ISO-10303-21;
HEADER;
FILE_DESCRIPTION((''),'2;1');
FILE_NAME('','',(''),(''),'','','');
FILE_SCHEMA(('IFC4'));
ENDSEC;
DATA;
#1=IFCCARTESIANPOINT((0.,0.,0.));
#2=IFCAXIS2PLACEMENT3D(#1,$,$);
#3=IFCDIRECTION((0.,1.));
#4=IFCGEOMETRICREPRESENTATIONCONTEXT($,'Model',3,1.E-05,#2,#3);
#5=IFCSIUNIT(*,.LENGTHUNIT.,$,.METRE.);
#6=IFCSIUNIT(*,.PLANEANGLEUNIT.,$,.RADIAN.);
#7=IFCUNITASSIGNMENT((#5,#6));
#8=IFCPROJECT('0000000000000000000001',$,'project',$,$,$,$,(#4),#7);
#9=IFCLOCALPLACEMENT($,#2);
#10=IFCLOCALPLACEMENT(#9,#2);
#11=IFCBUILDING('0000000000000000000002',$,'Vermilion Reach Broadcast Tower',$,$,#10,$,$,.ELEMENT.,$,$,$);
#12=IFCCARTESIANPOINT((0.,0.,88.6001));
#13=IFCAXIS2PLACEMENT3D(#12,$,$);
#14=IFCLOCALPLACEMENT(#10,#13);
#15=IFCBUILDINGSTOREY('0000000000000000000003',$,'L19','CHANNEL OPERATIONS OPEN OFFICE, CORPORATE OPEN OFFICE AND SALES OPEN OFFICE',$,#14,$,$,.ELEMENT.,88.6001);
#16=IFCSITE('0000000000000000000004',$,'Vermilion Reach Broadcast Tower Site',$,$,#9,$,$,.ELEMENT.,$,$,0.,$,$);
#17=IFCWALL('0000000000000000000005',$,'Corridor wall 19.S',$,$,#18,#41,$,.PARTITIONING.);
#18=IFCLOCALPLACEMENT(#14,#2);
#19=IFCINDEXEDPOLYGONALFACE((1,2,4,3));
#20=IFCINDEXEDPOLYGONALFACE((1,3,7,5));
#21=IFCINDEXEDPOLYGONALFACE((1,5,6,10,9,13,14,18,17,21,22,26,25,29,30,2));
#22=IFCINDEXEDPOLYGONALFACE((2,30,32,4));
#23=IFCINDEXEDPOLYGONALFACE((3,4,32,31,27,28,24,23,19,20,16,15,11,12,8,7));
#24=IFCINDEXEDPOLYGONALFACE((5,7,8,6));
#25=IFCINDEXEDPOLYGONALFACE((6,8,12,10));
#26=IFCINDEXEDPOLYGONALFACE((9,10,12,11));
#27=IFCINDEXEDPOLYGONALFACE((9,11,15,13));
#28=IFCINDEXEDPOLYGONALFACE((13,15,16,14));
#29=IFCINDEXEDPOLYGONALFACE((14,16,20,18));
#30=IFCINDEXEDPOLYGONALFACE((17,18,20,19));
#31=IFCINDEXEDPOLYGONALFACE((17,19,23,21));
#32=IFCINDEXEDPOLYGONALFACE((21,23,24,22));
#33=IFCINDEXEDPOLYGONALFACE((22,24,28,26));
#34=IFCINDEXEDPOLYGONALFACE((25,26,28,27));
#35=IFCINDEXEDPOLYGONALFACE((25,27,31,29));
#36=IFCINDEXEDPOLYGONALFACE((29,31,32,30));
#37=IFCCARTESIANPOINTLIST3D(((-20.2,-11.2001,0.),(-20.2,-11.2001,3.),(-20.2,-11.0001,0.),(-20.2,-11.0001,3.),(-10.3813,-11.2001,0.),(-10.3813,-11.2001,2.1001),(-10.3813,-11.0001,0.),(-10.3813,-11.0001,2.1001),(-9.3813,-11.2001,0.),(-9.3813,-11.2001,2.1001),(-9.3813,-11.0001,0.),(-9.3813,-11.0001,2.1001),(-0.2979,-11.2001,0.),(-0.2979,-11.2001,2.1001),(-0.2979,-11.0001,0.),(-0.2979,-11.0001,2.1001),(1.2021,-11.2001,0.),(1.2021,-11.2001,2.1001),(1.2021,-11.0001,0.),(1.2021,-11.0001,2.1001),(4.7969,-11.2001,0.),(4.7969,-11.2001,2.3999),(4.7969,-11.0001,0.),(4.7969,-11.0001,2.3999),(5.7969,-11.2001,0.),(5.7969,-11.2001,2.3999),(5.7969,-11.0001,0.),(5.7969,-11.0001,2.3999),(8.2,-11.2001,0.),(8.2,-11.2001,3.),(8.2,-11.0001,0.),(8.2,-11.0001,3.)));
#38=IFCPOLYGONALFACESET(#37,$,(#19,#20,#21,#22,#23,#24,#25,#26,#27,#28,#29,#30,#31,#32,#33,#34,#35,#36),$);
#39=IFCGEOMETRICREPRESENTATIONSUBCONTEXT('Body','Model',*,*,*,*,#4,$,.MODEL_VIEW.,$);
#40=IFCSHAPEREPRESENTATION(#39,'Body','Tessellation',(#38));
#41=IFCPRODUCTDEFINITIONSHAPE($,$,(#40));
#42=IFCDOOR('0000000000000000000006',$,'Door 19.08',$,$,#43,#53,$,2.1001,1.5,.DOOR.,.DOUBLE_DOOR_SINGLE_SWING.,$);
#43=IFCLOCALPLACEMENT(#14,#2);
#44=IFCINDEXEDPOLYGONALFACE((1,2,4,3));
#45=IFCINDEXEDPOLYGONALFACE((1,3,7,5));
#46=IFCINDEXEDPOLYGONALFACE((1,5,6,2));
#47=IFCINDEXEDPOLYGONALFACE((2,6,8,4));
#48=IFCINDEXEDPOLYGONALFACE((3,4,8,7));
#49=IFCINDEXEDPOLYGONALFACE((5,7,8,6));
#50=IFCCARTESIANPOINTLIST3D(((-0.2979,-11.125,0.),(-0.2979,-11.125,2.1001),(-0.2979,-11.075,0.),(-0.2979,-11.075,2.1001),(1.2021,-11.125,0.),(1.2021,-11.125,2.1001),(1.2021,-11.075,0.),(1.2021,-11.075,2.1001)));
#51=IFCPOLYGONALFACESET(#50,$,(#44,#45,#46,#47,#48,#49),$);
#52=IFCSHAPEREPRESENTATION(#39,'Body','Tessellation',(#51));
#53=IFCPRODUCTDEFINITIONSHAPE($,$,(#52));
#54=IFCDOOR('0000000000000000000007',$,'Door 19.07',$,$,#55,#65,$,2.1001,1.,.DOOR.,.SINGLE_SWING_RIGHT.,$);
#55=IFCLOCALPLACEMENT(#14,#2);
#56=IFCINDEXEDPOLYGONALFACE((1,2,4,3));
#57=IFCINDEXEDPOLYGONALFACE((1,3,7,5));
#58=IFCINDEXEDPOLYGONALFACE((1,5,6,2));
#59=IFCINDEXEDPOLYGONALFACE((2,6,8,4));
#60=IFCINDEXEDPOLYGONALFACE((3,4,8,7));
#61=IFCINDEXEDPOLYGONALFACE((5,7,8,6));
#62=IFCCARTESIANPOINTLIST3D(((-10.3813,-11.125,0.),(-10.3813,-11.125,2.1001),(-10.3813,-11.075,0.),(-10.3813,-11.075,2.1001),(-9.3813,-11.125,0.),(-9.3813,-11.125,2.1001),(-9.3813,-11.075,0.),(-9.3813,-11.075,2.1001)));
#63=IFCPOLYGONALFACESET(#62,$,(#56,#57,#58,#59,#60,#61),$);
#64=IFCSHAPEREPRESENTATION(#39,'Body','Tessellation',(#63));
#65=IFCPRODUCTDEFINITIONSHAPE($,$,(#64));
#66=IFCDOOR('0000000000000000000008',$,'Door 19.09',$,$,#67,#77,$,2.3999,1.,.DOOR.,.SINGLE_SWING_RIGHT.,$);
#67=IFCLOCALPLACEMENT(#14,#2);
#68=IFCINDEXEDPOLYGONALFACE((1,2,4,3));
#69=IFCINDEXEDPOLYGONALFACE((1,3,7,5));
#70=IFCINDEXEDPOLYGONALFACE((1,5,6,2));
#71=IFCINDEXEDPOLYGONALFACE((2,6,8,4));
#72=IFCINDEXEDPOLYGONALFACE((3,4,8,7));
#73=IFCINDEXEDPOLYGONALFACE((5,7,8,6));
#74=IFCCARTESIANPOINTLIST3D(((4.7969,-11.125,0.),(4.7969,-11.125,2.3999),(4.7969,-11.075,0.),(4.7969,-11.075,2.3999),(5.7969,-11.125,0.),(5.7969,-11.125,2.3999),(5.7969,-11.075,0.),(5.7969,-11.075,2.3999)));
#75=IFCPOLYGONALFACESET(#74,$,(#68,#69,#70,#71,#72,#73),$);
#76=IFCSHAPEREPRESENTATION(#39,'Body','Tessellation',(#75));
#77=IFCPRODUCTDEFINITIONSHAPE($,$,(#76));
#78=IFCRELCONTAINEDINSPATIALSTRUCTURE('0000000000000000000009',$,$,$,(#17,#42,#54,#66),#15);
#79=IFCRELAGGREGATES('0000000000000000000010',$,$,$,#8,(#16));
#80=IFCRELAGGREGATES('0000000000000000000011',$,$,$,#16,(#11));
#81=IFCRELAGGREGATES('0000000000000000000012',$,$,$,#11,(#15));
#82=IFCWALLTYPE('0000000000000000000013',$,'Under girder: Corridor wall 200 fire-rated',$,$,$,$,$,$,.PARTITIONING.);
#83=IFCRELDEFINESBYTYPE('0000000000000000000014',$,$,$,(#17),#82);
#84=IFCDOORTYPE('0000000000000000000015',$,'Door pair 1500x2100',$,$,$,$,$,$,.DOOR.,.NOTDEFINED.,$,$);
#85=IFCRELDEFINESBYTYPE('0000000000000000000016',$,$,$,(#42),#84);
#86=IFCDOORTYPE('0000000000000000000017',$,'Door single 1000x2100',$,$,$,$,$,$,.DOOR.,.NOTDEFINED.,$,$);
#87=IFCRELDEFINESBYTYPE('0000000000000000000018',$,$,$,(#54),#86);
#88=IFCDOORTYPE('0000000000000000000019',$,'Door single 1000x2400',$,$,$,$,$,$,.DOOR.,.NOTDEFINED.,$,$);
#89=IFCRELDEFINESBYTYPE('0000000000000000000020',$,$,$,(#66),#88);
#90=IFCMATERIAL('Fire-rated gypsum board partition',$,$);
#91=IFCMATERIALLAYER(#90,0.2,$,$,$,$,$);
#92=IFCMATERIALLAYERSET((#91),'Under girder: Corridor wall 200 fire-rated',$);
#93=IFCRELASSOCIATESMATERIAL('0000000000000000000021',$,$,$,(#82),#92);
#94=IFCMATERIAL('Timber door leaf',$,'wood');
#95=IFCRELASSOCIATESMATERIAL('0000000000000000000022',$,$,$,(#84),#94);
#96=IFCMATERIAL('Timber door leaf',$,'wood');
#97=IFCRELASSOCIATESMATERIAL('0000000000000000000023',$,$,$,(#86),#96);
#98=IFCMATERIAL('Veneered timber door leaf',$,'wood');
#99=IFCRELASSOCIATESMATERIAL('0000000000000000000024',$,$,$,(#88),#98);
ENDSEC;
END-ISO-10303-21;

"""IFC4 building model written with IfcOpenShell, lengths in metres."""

from ifc_helpers import new_model, si_unit, direction, frame, frame_2d, origin, place, context, subcontext, project, spatial, rectangle, extrude, material, layer, layer_set, type_object, element, fill, save


model = new_model("IFC4")

# Units and contexts
model_context = context("Model", 3, precision=1e-05, world=origin(), true_north=direction((0.0, 1.0)))
body_context = subcontext(model_context, "Body", "Model", "MODEL_VIEW")
ifc_project = project(units=[si_unit("LENGTHUNIT", "METRE"), si_unit("PLANEANGLEUNIT", "RADIAN")], contexts=[model_context])

# Site, building, storey
site_placement = place(None, origin())
site = spatial("IfcSite", under=ifc_project, at=site_placement, Name="Vermilion Reach Broadcast Tower Site", CompositionType="ELEMENT", RefElevation=0.0)
building_placement = place(site_placement, origin())
building = spatial("IfcBuilding", under=site, at=building_placement, Name="Vermilion Reach Broadcast Tower", CompositionType="ELEMENT")
storey_placement = place(building_placement, frame((0.0, 0.0, 88.6001)))
storey = spatial("IfcBuildingStorey", under=building, at=storey_placement, Name="L19", Description="CHANNEL OPERATIONS OPEN OFFICE, CORPORATE OPEN OFFICE AND SALES OPEN OFFICE", CompositionType="ELEMENT", Elevation=88.6001)

# Wall, openings, doors
ifc_material_1 = material(Name="Fire-rated gypsum board partition")
ifc_layer_1 = layer(ifc_material_1, 0.2)
ifc_layer_set_1 = layer_set([ifc_layer_1], Name="Under girder: Corridor wall 200 fire-rated")
wall_type_1 = type_object("IfcWallType", Name="Under girder: Corridor wall 200 fire-rated", PredefinedType="PARTITIONING", material=ifc_layer_set_1)
wall_1_placement = place(storey_placement, frame((8.2, -11.1001, 0.0), z_axis=(0.0, 0.0, 1.0), x_axis=(-1.0, 0.0, 0.0)))
wall_1 = element("IfcWall", 1, at=wall_1_placement, inside=storey, type_object=wall_type_1, Name="Corridor wall 19.S", PredefinedType="PARTITIONING", context=body_context, shape_type="SweptSolid", body=[
    extrude(rectangle(XDim=28.3999, YDim=0.2, at=frame_2d((14.2, 0.0))), origin(), (0.0, 0.0, 1.0), 3.0),
])
opening_1_placement = place(wall_1_placement, frame((17.5813, 0.0, 0.0)))
opening_1 = element("IfcOpeningElement", 2, at=opening_1_placement, cuts=wall_1, PredefinedType="OPENING", context=body_context, shape_type="SweptSolid", body=[
    extrude(rectangle(XDim=1.0, YDim=2.1001, at=frame_2d((0.5, 1.05))), frame((0.0, 0.1099, 0.0), z_axis=(0.0, -1.0, 0.0), x_axis=(1.0, 0.0, 0.0)), (0.0, 0.0, 1.0), 0.22),
])
opening_2_placement = place(wall_1_placement, frame((6.9978, 0.0, 0.0)))
opening_2 = element("IfcOpeningElement", 3, at=opening_2_placement, cuts=wall_1, PredefinedType="OPENING", context=body_context, shape_type="SweptSolid", body=[
    extrude(rectangle(XDim=1.5, YDim=2.1001, at=frame_2d((0.75, 1.05))), frame((0.0, 0.1099, 0.0), z_axis=(0.0, -1.0, 0.0), x_axis=(1.0, 0.0, 0.0)), (0.0, 0.0, 1.0), 0.22),
])
opening_3_placement = place(wall_1_placement, frame((2.4031, 0.0, 0.0)))
opening_3 = element("IfcOpeningElement", 4, at=opening_3_placement, cuts=wall_1, PredefinedType="OPENING", context=body_context, shape_type="SweptSolid", body=[
    extrude(rectangle(XDim=1.0, YDim=2.3999, at=frame_2d((0.5, 1.2))), frame((0.0, 0.1099, 0.0), z_axis=(0.0, -1.0, 0.0), x_axis=(1.0, 0.0, 0.0)), (0.0, 0.0, 1.0), 0.22),
])
ifc_material_2 = material(Name="Timber door leaf", Category="wood")
door_type_1 = type_object("IfcDoorType", Name="Door pair 1500x2100", OperationType="NOTDEFINED", PredefinedType="DOOR", material=ifc_material_2)
door_1_placement = place(opening_2_placement, origin())
door_1 = element("IfcDoor", 5, at=door_1_placement, inside=storey, type_object=door_type_1, Name="Door 19.08", OperationType="DOUBLE_DOOR_SINGLE_SWING", OverallHeight=2.1001, OverallWidth=1.5, PredefinedType="DOOR", context=body_context, shape_type="SweptSolid", body=[
    extrude(rectangle(XDim=1.5, YDim=2.1001, at=frame_2d((0.75, 1.05))), frame((0.0, 0.0249, 0.0), z_axis=(0.0, -1.0, 0.0), x_axis=(1.0, 0.0, 0.0)), (0.0, 0.0, 1.0), 0.05),
])
fill(opening_2, door_1)
ifc_material_3 = material(Name="Timber door leaf", Category="wood")
door_type_2 = type_object("IfcDoorType", Name="Door single 1000x2100", OperationType="NOTDEFINED", PredefinedType="DOOR", material=ifc_material_3)
door_2_placement = place(opening_1_placement, origin())
door_2 = element("IfcDoor", 6, at=door_2_placement, inside=storey, type_object=door_type_2, Name="Door 19.07", OperationType="SINGLE_SWING_RIGHT", OverallHeight=2.1001, OverallWidth=1.0, PredefinedType="DOOR", context=body_context, shape_type="SweptSolid", body=[
    extrude(rectangle(XDim=1.0, YDim=2.1001, at=frame_2d((0.5, 1.05))), frame((0.0, 0.0249, 0.0), z_axis=(0.0, -1.0, 0.0), x_axis=(1.0, 0.0, 0.0)), (0.0, 0.0, 1.0), 0.05),
])
fill(opening_1, door_2)
ifc_material_4 = material(Name="Veneered timber door leaf", Category="wood")
door_type_3 = type_object("IfcDoorType", Name="Door single 1000x2400", OperationType="NOTDEFINED", PredefinedType="DOOR", material=ifc_material_4)
door_3_placement = place(opening_3_placement, origin())
door_3 = element("IfcDoor", 7, at=door_3_placement, inside=storey, type_object=door_type_3, Name="Door 19.09", OperationType="SINGLE_SWING_RIGHT", OverallHeight=2.3999, OverallWidth=1.0, PredefinedType="DOOR", context=body_context, shape_type="SweptSolid", body=[
    extrude(rectangle(XDim=1.0, YDim=2.3999, at=frame_2d((0.5, 1.2))), frame((0.0, 0.0249, 0.0), z_axis=(0.0, -1.0, 0.0), x_axis=(1.0, 0.0, 0.0)), (0.0, 0.0, 1.0), 0.05),
])
fill(opening_3, door_3)

save(model, "model.ifc")
